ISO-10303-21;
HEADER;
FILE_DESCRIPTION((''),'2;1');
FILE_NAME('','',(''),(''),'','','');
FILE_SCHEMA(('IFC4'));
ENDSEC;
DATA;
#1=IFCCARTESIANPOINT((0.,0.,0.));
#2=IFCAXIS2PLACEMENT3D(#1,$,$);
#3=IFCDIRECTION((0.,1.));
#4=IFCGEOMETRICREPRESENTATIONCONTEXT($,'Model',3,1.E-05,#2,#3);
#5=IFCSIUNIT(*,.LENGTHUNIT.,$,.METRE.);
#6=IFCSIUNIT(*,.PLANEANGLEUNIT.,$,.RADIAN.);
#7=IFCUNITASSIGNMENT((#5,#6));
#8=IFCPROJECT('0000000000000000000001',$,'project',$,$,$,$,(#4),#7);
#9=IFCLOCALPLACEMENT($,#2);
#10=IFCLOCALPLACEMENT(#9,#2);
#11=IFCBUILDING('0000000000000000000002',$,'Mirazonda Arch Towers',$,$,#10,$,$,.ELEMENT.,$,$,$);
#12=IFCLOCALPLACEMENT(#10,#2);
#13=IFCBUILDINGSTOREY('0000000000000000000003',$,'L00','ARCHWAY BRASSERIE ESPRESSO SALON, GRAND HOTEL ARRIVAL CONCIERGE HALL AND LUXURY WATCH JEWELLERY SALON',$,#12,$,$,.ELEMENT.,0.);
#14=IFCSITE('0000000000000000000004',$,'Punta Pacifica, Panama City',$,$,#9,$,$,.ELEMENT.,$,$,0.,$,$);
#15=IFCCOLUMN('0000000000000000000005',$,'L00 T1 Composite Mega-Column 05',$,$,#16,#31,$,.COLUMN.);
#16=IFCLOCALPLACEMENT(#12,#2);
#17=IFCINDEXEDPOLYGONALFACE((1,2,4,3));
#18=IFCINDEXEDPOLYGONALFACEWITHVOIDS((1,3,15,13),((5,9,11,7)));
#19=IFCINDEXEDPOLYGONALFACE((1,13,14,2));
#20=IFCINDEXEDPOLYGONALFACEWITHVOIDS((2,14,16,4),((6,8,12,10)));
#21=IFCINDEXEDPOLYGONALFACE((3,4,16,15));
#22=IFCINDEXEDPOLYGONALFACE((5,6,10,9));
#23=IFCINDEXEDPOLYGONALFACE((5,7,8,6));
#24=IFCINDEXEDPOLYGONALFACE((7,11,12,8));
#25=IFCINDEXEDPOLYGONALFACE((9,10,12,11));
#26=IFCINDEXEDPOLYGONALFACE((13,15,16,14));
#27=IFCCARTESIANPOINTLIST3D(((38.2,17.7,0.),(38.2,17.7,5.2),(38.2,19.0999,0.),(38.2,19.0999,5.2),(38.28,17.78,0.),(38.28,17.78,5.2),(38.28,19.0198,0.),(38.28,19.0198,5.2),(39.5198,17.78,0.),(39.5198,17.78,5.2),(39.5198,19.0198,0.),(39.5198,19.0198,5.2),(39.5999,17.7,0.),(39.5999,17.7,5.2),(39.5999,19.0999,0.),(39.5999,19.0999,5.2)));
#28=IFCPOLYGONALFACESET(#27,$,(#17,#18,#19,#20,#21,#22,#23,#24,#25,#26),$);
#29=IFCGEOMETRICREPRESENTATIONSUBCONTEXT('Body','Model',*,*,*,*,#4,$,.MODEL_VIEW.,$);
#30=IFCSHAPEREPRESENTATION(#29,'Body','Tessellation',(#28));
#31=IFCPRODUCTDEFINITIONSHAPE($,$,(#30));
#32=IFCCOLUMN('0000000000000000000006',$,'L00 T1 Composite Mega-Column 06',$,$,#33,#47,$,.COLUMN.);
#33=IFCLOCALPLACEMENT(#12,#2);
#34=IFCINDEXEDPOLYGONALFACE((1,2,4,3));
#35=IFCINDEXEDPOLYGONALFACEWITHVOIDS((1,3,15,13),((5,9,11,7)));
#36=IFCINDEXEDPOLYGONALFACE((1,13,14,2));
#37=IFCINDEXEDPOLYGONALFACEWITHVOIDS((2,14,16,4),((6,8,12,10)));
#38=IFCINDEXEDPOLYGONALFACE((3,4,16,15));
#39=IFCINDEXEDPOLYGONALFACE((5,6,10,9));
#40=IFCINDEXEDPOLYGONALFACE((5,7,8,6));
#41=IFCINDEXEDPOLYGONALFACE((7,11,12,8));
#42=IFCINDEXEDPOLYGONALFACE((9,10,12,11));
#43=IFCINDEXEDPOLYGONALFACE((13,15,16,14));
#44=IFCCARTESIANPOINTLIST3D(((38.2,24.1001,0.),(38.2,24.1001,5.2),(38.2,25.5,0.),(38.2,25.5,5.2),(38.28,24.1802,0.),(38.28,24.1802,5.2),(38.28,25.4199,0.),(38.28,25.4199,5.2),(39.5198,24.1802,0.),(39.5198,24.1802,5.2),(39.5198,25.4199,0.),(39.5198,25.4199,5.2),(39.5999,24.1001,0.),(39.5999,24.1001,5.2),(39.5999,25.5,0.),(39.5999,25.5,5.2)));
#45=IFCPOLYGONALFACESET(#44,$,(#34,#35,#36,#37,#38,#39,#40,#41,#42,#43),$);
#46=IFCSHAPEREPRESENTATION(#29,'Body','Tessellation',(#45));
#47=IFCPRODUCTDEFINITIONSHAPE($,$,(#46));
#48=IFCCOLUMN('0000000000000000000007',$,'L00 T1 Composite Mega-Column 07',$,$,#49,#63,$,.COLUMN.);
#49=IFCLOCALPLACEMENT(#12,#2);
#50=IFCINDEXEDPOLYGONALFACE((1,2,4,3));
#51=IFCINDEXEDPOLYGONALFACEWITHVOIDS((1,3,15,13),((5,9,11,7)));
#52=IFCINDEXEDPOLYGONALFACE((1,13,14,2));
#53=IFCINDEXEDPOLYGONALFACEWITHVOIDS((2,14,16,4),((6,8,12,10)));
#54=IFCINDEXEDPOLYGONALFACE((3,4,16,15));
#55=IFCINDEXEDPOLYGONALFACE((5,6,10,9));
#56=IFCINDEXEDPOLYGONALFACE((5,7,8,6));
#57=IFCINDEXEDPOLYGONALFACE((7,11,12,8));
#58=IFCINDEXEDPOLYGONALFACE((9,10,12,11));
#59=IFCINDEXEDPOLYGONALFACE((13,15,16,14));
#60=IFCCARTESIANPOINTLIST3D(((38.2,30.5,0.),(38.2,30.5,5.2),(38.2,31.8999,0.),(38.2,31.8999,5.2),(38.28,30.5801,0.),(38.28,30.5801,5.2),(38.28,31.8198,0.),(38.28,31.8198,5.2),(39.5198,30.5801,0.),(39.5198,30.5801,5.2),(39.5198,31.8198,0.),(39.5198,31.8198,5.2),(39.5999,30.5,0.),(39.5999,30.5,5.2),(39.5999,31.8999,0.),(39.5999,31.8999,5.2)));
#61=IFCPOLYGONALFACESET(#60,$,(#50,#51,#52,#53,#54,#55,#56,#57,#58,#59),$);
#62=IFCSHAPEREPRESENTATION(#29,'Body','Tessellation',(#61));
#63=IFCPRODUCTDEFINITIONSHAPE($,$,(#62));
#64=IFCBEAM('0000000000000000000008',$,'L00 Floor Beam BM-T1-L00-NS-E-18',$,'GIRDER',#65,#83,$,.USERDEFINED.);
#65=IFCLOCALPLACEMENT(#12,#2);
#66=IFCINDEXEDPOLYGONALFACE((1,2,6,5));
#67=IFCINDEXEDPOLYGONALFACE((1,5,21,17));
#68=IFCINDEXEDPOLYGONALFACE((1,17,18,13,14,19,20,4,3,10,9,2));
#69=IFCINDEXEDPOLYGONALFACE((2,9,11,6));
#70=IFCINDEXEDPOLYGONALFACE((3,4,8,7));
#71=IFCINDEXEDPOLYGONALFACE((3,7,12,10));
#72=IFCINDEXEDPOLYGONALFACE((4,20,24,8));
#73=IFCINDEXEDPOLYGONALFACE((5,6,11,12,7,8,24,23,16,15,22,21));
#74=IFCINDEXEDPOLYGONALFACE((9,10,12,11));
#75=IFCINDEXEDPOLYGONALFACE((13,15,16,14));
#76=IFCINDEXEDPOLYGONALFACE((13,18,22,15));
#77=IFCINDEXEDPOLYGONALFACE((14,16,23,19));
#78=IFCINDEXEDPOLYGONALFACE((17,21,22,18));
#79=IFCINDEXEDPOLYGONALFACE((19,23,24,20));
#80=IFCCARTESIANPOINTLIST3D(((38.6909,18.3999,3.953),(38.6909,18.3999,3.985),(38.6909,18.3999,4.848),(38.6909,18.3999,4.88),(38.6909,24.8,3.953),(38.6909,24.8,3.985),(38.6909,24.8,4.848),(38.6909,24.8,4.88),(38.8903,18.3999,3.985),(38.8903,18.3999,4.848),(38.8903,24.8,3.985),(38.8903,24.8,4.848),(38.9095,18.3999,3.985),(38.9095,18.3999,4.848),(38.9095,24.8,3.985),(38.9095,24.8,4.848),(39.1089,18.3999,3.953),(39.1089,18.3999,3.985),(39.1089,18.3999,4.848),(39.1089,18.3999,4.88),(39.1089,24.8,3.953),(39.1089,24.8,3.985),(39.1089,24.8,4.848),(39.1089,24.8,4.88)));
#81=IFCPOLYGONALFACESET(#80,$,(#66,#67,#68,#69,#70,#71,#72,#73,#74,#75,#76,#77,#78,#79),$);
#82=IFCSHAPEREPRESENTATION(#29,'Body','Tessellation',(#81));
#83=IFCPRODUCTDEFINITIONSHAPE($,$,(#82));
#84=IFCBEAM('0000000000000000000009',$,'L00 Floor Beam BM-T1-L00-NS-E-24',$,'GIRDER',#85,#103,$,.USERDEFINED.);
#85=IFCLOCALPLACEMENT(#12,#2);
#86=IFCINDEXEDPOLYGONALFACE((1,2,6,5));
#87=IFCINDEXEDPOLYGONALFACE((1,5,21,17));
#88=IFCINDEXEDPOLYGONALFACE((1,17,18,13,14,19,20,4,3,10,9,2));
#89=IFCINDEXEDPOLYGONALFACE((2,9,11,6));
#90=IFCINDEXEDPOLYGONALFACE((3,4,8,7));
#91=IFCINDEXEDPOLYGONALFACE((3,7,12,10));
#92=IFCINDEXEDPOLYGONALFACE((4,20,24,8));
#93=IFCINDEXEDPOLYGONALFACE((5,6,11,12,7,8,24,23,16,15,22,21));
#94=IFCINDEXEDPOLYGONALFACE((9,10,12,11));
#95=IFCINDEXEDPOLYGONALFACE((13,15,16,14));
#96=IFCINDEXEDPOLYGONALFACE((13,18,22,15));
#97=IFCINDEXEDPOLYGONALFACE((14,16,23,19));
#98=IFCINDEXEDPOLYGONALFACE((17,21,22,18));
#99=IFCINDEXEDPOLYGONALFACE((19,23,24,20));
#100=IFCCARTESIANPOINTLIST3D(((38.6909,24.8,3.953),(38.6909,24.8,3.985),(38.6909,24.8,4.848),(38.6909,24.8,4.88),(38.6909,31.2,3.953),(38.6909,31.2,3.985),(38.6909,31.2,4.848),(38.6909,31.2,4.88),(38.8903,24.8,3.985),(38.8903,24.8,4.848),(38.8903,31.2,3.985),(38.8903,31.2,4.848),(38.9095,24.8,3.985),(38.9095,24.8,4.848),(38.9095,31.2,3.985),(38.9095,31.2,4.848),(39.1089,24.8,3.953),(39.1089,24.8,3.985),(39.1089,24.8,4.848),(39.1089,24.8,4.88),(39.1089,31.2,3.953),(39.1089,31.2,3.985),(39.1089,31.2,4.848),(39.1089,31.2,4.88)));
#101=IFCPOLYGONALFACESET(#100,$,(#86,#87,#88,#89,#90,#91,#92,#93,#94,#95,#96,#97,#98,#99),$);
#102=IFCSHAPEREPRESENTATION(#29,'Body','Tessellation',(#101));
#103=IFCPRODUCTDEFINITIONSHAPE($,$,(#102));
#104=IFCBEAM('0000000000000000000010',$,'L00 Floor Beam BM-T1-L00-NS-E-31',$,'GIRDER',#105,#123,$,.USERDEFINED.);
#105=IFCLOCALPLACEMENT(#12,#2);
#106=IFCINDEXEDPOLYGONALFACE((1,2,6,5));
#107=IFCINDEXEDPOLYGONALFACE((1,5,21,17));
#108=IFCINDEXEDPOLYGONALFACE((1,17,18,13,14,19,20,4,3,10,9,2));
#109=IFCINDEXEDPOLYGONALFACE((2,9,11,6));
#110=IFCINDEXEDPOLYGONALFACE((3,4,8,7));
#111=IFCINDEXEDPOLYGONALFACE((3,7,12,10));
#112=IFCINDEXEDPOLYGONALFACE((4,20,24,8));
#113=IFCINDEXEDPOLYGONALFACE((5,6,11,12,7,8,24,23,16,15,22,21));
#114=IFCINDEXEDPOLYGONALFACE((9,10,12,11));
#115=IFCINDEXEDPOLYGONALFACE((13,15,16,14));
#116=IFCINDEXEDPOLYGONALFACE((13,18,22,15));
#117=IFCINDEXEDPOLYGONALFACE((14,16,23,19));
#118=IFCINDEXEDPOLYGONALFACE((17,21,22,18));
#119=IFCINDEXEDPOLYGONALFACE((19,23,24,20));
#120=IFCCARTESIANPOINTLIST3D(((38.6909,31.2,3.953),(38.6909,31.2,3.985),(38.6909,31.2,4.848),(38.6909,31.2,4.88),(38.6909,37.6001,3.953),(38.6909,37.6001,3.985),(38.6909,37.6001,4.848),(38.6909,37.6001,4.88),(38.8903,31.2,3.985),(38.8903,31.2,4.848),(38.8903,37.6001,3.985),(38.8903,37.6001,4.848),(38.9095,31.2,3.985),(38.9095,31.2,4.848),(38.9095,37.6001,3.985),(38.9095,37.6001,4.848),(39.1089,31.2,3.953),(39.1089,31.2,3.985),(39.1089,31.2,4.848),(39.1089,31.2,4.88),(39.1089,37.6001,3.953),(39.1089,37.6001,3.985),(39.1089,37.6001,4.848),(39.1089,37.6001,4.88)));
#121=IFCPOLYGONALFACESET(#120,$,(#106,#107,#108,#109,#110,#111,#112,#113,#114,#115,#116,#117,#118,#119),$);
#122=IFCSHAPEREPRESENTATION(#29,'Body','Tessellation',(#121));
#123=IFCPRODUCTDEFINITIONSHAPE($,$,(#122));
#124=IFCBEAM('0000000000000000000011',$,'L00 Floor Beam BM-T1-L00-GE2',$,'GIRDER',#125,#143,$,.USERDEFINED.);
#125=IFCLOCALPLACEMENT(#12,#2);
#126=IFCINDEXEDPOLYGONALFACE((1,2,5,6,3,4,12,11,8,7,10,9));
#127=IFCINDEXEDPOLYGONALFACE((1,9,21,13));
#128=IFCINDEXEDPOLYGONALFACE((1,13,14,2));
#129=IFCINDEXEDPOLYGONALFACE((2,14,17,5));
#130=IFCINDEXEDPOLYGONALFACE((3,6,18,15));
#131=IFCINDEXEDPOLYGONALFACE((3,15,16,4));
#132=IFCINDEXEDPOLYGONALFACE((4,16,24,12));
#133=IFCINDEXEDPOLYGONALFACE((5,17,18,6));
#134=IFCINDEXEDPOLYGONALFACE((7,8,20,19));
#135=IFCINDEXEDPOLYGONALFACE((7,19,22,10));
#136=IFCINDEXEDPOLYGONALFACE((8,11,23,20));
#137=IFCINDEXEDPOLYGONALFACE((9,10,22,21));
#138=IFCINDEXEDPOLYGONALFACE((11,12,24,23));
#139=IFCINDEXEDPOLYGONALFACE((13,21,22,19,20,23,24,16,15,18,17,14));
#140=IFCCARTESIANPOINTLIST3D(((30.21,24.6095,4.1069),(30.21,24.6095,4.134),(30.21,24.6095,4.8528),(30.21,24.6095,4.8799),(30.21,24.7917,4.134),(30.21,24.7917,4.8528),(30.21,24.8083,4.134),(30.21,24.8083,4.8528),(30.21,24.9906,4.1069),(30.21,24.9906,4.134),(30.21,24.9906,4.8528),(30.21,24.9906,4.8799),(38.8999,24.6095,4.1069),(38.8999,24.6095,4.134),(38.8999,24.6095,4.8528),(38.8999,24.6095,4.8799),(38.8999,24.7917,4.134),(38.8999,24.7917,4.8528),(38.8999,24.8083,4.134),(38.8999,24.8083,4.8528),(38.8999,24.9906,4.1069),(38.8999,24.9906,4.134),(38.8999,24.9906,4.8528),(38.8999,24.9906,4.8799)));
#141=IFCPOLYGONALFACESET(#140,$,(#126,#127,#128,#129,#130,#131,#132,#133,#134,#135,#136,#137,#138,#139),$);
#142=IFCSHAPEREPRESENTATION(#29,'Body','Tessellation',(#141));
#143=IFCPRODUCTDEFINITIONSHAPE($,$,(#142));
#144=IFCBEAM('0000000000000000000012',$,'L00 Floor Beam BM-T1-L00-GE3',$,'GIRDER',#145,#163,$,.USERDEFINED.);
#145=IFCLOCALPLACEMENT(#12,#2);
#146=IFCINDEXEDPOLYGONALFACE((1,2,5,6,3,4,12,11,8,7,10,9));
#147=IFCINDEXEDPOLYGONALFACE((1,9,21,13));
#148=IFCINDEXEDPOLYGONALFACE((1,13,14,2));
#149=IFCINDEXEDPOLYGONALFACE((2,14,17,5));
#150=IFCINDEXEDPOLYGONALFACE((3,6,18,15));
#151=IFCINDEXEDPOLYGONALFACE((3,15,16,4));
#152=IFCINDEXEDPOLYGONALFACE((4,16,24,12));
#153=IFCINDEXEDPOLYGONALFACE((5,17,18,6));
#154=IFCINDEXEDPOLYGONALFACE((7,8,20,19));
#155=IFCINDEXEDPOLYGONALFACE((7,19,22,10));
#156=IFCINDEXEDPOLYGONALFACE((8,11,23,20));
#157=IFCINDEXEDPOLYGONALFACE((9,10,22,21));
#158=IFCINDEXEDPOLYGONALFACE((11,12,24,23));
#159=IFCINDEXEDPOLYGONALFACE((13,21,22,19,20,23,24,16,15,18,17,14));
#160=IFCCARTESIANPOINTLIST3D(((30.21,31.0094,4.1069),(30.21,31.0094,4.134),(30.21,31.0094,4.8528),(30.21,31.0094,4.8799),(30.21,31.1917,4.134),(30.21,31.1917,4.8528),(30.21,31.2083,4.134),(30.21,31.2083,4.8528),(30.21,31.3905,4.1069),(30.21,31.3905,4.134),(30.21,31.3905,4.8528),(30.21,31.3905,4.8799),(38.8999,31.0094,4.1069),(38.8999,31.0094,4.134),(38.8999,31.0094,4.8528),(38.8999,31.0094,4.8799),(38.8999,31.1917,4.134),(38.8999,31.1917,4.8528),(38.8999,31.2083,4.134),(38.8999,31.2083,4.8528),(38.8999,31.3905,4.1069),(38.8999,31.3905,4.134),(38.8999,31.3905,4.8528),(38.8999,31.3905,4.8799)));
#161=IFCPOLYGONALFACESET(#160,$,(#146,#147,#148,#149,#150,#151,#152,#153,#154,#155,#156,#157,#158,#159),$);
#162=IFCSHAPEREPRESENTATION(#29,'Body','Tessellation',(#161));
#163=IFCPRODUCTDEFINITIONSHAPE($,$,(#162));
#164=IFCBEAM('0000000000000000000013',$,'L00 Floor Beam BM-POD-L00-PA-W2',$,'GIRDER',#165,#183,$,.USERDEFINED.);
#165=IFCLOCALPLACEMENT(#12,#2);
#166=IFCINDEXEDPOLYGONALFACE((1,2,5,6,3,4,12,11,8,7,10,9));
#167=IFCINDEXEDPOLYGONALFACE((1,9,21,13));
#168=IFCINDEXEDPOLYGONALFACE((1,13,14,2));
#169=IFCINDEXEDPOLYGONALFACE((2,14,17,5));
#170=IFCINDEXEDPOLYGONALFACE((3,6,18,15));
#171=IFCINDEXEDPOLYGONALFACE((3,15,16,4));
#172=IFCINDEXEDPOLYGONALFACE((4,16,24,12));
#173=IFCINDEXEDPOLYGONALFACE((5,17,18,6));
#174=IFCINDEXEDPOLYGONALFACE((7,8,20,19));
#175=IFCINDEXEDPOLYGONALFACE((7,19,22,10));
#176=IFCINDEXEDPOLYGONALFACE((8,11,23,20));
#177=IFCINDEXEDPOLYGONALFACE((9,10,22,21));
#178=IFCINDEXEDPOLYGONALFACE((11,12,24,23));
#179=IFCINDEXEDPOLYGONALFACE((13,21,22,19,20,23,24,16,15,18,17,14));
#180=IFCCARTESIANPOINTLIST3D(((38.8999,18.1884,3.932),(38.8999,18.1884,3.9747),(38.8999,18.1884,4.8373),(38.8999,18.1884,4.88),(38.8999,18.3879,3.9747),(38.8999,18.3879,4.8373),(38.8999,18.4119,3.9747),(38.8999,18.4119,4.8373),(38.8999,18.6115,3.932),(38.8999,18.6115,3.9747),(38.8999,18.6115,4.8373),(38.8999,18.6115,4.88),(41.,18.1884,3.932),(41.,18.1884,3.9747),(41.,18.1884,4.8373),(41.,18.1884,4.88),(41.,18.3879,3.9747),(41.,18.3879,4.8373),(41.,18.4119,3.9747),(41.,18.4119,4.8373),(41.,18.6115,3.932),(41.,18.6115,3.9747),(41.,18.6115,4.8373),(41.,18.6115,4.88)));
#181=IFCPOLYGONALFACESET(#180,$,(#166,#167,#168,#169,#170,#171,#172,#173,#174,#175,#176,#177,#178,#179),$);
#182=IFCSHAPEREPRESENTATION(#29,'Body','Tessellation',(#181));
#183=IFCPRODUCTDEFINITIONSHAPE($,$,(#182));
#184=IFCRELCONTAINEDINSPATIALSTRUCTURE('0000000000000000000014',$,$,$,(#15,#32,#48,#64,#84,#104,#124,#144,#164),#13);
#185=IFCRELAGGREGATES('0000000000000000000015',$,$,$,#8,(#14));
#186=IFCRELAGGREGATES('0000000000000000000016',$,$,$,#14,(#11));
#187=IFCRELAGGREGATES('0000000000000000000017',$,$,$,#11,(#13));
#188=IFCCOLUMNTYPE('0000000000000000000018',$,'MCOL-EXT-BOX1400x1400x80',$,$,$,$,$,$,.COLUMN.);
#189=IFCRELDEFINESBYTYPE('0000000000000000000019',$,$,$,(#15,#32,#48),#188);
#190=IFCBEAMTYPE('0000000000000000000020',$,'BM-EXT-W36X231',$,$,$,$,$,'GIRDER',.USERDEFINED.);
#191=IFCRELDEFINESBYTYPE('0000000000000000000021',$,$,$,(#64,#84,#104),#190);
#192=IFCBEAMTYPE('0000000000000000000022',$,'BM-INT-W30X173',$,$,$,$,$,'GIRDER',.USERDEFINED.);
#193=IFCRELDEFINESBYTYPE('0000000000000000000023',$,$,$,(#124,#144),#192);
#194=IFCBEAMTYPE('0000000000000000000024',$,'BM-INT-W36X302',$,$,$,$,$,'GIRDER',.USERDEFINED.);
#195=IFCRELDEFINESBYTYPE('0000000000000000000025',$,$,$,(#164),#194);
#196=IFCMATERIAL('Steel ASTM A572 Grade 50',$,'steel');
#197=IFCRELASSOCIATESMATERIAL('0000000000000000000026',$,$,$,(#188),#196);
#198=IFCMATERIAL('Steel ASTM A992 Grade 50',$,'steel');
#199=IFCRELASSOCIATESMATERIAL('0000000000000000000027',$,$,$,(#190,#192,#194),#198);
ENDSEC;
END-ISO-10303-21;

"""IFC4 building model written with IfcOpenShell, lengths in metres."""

from ifc_helpers import new_model, si_unit, direction, frame, origin, origin_2d, place, context, subcontext, project, spatial, hollow_rectangle, i_section, extrude, material, material_profile, profile_set, type_object, element, save


model = new_model("IFC4")

# Units and contexts
model_context = context("Model", 3, precision=1e-05, world=origin(), true_north=direction((0.0, 1.0)))
body_context = subcontext(model_context, "Body", "Model", "MODEL_VIEW")
ifc_project = project(units=[si_unit("LENGTHUNIT", "METRE"), si_unit("PLANEANGLEUNIT", "RADIAN")], contexts=[model_context])

# Site, building, storey
site_placement = place(None, origin())
site = spatial("IfcSite", under=ifc_project, at=site_placement, Name="Punta Pacifica, Panama City", CompositionType="ELEMENT", RefElevation=0.0)
building_placement = place(site_placement, origin())
building = spatial("IfcBuilding", under=site, at=building_placement, Name="Mirazonda Arch Towers", CompositionType="ELEMENT")
storey_placement = place(building_placement, origin())
storey = spatial("IfcBuildingStorey", under=building, at=storey_placement, Name="L00", Description="ARCHWAY BRASSERIE ESPRESSO SALON, GRAND HOTEL ARRIVAL CONCIERGE HALL AND LUXURY WATCH JEWELLERY SALON", CompositionType="ELEMENT", Elevation=0.0)

# Columns
ifc_material_1 = material(Name="Steel ASTM A572 Grade 50", Category="steel")
ifc_material_profile_1 = material_profile(ifc_material_1, hollow_rectangle(XDim=1.3999, YDim=1.3999, WallThickness=0.0801, at=origin_2d()), Name="BOX1400x1400x80")
ifc_profile_set_1 = profile_set([ifc_material_profile_1], Name="Steel ASTM A572 Grade 50")
column_type = type_object("IfcColumnType", Name="MCOL-EXT-BOX1400x1400x80", PredefinedType="COLUMN", material=ifc_profile_set_1)
for number, where, z_axis, x_axis, name in (
    (1, (38.8999, 18.3999, 0.0), (0.0, 0.0, 1.0), (1.0, 0.0, 0.0), "L00 T1 Composite Mega-Column 05"),
    (2, (38.8999, 24.8, 0.0), (0.0, 0.0, 1.0), (1.0, 0.0, 0.0), "L00 T1 Composite Mega-Column 06"),
    (3, (38.8999, 31.2, 0.0), (0.0, 0.0, 1.0), (1.0, 0.0, 0.0), "L00 T1 Composite Mega-Column 07"),
):
    element("IfcColumn", number, at=place(storey_placement, frame(where, z_axis=z_axis, x_axis=x_axis)), inside=storey, type_object=column_type, Name=name, PredefinedType="COLUMN", context=body_context, shape_type="SweptSolid", body=[
        extrude(hollow_rectangle(XDim=1.3999, YDim=1.3999, WallThickness=0.0801, at=origin_2d()), origin(), (0.0, 0.0, 1.0), 5.2),
    ])

# Beams
ifc_material_2 = material(Name="Steel ASTM A992 Grade 50", Category="steel")
ifc_material_profile_2 = material_profile(ifc_material_2, i_section(OverallWidth=0.418, OverallDepth=0.927, WebThickness=0.0193, FlangeThickness=0.032, at=origin_2d()), Name="W36X231")
ifc_profile_set_2 = profile_set([ifc_material_profile_2], Name="Steel ASTM A992 Grade 50")
beam_type_1 = type_object("IfcBeamType", Name="BM-EXT-W36X231", ElementType="GIRDER", PredefinedType="USERDEFINED", material=ifc_profile_set_2)
beam_1_placement = place(storey_placement, frame((38.8999, 18.3999, 4.4165), z_axis=(0.0, 1.0, 0.0), x_axis=(-1.0, 0.0, 0.0)))
element("IfcBeam", 4, at=beam_1_placement, inside=storey, type_object=beam_type_1, Name="L00 Floor Beam BM-T1-L00-NS-E-18", ObjectType="GIRDER", PredefinedType="USERDEFINED", context=body_context, shape_type="SweptSolid", body=[
    extrude(i_section(OverallWidth=0.418, OverallDepth=0.927, WebThickness=0.0193, FlangeThickness=0.032, at=origin_2d()), origin(), (0.0, 0.0, 1.0), 6.4001),
])
beam_2_placement = place(storey_placement, frame((38.8999, 24.8, 4.4165), z_axis=(0.0, 1.0, 0.0), x_axis=(-1.0, 0.0, 0.0)))
element("IfcBeam", 5, at=beam_2_placement, inside=storey, type_object=beam_type_1, Name="L00 Floor Beam BM-T1-L00-NS-E-24", ObjectType="GIRDER", PredefinedType="USERDEFINED", context=body_context, shape_type="SweptSolid", body=[
    extrude(i_section(OverallWidth=0.418, OverallDepth=0.927, WebThickness=0.0193, FlangeThickness=0.032, at=origin_2d()), origin(), (0.0, 0.0, 1.0), 6.3999),
])
beam_3_placement = place(storey_placement, frame((38.8999, 31.2, 4.4165), z_axis=(0.0, 1.0, 0.0), x_axis=(-1.0, 0.0, 0.0)))
element("IfcBeam", 6, at=beam_3_placement, inside=storey, type_object=beam_type_1, Name="L00 Floor Beam BM-T1-L00-NS-E-31", ObjectType="GIRDER", PredefinedType="USERDEFINED", context=body_context, shape_type="SweptSolid", body=[
    extrude(i_section(OverallWidth=0.418, OverallDepth=0.927, WebThickness=0.0193, FlangeThickness=0.032, at=origin_2d()), origin(), (0.0, 0.0, 1.0), 6.4001),
])
ifc_material_profile_3 = material_profile(ifc_material_2, i_section(OverallWidth=0.3811, OverallDepth=0.7729, WebThickness=0.0166, FlangeThickness=0.0271, at=origin_2d()), Name="W30X173")
ifc_profile_set_3 = profile_set([ifc_material_profile_3], Name="Steel ASTM A992 Grade 50")
beam_type_2 = type_object("IfcBeamType", Name="BM-INT-W30X173", ElementType="GIRDER", PredefinedType="USERDEFINED", material=ifc_profile_set_3)
for number, where, z_axis, x_axis, name in (
    (7, (30.21, 24.8, 4.4934), (1.0, 0.0, 0.0), (0.0, 1.0, 0.0), "L00 Floor Beam BM-T1-L00-GE2"),
    (8, (30.21, 31.2, 4.4934), (1.0, 0.0, 0.0), (0.0, 1.0, 0.0), "L00 Floor Beam BM-T1-L00-GE3"),
):
    element("IfcBeam", number, at=place(storey_placement, frame(where, z_axis=z_axis, x_axis=x_axis)), inside=storey, type_object=beam_type_2, Name=name, ObjectType="GIRDER", PredefinedType="USERDEFINED", context=body_context, shape_type="SweptSolid", body=[
        extrude(i_section(OverallWidth=0.3811, OverallDepth=0.7729, WebThickness=0.0166, FlangeThickness=0.0271, at=origin_2d()), origin(), (0.0, 0.0, 1.0), 8.6899),
    ])
ifc_material_profile_4 = material_profile(ifc_material_2, i_section(OverallWidth=0.4231, OverallDepth=0.948, WebThickness=0.0239, FlangeThickness=0.0427, at=origin_2d()), Name="W36X302")
ifc_profile_set_4 = profile_set([ifc_material_profile_4], Name="Steel ASTM A992 Grade 50")
beam_type_3 = type_object("IfcBeamType", Name="BM-INT-W36X302", ElementType="GIRDER", PredefinedType="USERDEFINED", material=ifc_profile_set_4)
beam_4_placement = place(storey_placement, frame((38.8999, 18.3999, 4.406), z_axis=(1.0, 0.0, 0.0), x_axis=(0.0, 1.0, 0.0)))
element("IfcBeam", 9, at=beam_4_placement, inside=storey, type_object=beam_type_3, Name="L00 Floor Beam BM-POD-L00-PA-W2", ObjectType="GIRDER", PredefinedType="USERDEFINED", context=body_context, shape_type="SweptSolid", body=[
    extrude(i_section(OverallWidth=0.4231, OverallDepth=0.948, WebThickness=0.0239, FlangeThickness=0.0427, at=origin_2d()), origin(), (0.0, 0.0, 1.0), 2.1001),
])

save(model, "model.ifc")
